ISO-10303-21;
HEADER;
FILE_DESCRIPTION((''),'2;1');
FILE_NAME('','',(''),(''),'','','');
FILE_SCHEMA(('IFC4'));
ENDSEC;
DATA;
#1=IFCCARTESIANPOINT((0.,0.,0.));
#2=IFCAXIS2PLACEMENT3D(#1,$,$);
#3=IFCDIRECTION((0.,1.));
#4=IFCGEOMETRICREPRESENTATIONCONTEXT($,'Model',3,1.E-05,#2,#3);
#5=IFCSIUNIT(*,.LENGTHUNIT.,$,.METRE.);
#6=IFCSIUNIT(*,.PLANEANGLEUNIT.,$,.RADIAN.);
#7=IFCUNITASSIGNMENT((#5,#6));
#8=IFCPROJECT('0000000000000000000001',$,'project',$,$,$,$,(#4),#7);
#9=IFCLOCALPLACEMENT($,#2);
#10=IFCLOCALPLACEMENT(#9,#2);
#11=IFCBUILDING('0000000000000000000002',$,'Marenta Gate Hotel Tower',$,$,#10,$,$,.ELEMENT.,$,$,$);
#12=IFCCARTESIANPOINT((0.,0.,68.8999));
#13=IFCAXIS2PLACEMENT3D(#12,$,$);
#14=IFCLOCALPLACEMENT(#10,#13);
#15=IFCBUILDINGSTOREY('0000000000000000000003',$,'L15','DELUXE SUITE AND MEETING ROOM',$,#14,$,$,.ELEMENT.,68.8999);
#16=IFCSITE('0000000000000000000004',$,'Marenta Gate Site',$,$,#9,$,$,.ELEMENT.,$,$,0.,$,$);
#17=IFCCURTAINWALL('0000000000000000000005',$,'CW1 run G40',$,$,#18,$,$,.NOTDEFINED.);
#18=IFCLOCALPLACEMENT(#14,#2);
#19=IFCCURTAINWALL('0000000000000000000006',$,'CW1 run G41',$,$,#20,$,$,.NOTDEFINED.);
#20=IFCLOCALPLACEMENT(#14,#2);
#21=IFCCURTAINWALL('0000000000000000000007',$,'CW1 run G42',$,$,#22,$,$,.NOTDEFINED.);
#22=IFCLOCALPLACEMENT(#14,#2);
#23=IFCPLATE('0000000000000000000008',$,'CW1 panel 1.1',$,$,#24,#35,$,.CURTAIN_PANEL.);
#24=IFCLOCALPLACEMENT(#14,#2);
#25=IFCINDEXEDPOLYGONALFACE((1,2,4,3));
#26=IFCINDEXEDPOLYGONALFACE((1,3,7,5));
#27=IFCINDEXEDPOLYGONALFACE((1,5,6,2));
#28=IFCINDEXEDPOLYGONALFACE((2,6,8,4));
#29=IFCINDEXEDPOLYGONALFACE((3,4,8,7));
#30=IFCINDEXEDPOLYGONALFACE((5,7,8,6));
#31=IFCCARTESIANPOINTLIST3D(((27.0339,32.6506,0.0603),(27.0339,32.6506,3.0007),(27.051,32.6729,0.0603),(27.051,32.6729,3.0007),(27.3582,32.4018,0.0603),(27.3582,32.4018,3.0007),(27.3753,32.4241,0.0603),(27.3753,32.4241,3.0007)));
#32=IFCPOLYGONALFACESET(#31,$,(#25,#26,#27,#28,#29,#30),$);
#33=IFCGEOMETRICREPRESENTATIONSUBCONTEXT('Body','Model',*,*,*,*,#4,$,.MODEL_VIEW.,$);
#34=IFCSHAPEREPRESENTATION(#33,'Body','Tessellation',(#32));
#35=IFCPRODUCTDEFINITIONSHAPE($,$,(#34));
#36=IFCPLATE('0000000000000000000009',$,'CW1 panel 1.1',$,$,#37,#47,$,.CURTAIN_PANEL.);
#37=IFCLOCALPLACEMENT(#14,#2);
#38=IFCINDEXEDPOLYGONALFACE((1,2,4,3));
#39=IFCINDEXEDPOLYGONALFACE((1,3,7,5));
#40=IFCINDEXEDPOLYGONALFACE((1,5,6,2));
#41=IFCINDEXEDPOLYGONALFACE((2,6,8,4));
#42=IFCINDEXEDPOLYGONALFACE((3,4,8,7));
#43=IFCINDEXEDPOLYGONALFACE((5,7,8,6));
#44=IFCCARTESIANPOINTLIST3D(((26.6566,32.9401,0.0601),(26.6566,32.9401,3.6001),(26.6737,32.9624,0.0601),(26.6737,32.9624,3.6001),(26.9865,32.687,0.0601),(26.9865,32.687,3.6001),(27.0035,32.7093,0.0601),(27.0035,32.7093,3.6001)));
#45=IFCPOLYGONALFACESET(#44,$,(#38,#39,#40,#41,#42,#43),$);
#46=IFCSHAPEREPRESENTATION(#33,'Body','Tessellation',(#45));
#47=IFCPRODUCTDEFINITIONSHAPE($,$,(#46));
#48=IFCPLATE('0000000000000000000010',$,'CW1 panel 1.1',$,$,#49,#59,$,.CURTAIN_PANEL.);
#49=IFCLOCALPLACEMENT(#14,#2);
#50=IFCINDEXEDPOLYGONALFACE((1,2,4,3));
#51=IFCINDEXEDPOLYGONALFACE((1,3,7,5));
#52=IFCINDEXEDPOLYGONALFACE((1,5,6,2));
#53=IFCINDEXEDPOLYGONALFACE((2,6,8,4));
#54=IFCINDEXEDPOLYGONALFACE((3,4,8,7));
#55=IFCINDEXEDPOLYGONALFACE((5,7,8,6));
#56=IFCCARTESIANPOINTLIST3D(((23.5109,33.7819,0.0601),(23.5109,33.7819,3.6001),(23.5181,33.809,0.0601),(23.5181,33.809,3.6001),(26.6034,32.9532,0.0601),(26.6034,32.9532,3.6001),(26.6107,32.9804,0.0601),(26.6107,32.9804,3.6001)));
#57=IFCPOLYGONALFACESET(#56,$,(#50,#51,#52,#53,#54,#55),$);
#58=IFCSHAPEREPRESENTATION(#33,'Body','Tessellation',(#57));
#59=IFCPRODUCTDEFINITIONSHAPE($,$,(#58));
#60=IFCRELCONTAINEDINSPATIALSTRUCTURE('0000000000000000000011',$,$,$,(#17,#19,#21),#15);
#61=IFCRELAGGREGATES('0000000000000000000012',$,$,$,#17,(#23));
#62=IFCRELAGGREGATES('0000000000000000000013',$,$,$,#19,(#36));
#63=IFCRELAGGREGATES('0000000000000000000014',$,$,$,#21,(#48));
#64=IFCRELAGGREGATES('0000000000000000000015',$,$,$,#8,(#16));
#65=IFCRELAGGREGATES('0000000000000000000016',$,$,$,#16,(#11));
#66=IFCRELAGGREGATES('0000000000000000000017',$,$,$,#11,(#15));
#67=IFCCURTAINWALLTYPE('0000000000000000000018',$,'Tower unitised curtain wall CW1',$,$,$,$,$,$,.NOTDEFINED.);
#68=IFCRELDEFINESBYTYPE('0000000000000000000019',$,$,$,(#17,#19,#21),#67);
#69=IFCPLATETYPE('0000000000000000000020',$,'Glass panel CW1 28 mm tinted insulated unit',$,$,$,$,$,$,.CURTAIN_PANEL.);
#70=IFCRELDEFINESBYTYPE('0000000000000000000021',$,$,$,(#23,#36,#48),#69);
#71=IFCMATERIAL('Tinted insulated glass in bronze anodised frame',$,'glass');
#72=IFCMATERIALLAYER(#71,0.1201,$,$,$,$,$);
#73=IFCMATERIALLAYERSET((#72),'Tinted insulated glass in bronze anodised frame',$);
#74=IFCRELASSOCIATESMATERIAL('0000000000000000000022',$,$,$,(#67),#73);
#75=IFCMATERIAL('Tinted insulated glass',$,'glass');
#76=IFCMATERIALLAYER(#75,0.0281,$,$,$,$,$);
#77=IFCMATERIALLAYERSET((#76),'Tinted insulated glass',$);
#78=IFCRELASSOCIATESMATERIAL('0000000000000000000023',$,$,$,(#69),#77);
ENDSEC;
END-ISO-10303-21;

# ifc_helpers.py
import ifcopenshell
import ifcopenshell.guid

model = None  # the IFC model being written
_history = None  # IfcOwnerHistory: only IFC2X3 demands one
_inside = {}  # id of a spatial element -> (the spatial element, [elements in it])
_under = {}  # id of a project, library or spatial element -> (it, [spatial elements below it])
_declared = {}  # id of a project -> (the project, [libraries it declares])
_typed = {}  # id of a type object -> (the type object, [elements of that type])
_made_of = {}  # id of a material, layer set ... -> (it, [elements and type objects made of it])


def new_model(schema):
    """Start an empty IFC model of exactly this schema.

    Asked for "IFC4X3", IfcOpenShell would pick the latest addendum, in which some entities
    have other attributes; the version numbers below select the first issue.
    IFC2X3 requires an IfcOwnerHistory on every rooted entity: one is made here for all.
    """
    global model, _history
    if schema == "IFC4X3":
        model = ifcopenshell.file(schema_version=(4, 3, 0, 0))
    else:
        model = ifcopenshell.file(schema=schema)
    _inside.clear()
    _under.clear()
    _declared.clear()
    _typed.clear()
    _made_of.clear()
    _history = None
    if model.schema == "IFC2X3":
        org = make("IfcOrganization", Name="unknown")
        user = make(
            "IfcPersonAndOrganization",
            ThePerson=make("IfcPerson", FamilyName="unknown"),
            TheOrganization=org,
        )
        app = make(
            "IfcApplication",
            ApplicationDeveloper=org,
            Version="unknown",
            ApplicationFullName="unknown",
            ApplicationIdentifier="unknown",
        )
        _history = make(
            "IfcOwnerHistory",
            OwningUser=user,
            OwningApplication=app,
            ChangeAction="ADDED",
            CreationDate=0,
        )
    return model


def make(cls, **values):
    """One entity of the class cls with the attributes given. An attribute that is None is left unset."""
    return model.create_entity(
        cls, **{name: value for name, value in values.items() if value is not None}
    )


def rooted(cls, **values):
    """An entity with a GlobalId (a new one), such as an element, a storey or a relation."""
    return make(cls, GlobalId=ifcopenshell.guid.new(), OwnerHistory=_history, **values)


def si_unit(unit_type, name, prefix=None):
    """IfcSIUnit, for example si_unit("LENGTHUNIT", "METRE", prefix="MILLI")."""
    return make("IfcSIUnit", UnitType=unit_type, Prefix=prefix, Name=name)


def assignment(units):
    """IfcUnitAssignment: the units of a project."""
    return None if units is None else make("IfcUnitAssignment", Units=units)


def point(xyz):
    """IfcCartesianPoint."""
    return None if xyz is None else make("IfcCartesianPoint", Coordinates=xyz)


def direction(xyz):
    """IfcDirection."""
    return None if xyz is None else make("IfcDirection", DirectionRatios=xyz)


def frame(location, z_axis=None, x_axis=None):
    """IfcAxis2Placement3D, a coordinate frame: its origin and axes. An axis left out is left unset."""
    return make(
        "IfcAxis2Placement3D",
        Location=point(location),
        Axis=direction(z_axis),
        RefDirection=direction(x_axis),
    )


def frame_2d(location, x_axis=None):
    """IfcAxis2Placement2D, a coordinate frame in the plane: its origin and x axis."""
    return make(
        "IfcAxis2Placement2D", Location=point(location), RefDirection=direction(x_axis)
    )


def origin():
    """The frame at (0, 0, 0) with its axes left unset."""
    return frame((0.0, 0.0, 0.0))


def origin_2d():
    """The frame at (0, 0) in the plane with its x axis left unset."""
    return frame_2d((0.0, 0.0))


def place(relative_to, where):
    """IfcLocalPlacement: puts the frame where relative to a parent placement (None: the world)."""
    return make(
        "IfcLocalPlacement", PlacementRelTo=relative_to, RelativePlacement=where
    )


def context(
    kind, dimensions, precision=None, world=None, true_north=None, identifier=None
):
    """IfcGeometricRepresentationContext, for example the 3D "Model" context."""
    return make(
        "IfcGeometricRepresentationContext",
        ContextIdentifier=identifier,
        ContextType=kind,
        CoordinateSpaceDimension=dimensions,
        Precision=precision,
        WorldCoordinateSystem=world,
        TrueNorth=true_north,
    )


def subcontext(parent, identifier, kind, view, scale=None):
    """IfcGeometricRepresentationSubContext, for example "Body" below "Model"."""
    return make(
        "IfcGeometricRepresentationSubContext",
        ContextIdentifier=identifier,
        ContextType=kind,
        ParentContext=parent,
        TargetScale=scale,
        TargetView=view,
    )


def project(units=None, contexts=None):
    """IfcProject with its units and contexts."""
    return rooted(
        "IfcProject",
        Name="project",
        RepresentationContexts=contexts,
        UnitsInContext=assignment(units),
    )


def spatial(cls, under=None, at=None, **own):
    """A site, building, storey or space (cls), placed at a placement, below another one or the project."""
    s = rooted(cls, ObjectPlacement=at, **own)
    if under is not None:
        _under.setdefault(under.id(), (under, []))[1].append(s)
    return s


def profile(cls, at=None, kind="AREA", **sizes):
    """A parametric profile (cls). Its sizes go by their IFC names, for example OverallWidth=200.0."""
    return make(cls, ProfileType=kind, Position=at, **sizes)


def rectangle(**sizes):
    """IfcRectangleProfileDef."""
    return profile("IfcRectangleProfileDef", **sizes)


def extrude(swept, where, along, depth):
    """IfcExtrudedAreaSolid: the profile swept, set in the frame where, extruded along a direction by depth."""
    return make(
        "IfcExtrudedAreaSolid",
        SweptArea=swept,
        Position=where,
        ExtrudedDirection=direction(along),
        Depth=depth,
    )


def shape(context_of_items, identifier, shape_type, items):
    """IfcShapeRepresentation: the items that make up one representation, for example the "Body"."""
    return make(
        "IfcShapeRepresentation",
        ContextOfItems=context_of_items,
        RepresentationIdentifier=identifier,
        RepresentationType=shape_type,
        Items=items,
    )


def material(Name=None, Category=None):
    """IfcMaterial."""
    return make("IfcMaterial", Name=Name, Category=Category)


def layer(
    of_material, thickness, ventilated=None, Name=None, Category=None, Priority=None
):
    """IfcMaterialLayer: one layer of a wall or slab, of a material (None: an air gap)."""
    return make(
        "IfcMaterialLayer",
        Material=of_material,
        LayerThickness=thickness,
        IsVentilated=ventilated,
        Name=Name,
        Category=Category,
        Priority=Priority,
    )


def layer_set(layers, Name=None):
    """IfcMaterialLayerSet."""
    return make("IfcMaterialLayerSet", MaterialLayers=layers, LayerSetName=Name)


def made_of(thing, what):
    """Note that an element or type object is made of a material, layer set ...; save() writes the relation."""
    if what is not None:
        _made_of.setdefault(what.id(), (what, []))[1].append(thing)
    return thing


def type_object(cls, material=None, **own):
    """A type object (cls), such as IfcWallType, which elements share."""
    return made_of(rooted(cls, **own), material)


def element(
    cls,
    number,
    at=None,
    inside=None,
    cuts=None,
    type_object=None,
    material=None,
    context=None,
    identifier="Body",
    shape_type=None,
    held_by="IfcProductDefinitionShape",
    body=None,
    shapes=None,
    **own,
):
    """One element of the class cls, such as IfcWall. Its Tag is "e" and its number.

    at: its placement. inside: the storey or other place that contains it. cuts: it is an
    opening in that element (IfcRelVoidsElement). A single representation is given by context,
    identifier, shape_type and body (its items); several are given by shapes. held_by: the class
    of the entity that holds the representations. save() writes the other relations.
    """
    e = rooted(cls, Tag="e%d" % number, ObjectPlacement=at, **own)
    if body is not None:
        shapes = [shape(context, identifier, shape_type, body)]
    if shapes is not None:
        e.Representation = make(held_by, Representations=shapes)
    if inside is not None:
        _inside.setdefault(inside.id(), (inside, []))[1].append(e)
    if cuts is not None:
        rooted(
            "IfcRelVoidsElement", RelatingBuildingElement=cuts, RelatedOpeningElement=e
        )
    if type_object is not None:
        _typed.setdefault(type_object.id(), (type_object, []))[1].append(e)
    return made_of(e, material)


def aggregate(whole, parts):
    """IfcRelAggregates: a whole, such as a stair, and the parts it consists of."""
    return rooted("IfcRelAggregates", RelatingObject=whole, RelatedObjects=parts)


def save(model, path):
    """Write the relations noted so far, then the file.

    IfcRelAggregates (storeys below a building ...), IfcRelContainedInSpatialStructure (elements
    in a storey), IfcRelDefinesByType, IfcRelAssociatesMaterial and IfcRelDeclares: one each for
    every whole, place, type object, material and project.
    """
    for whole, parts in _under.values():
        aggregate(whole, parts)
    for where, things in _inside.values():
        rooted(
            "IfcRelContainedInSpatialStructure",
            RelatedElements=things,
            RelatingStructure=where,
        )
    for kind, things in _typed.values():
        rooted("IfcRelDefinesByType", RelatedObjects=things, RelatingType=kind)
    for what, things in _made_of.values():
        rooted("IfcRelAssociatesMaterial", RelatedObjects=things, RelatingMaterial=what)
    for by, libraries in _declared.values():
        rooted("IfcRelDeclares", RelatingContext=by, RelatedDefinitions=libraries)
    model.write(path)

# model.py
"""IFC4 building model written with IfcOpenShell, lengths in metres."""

from ifc_helpers import new_model, si_unit, direction, frame, origin, origin_2d, place, context, subcontext, project, spatial, rectangle, extrude, material, layer, layer_set, type_object, element, aggregate, save


model = new_model("IFC4")

# Units and contexts
model_context = context("Model", 3, precision=1e-05, world=origin(), true_north=direction((0.0, 1.0)))
body_context = subcontext(model_context, "Body", "Model", "MODEL_VIEW")
ifc_project = project(units=[si_unit("LENGTHUNIT", "METRE"), si_unit("PLANEANGLEUNIT", "RADIAN")], contexts=[model_context])

# Site, building, storey
site_placement = place(None, origin())
site = spatial("IfcSite", under=ifc_project, at=site_placement, Name="Marenta Gate Site", CompositionType="ELEMENT", RefElevation=0.0)
building_placement = place(site_placement, origin())
building = spatial("IfcBuilding", under=site, at=building_placement, Name="Marenta Gate Hotel Tower", CompositionType="ELEMENT")
storey_placement = place(building_placement, frame((0.0, 0.0, 68.8999)))
storey = spatial("IfcBuildingStorey", under=building, at=storey_placement, Name="L15", Description="DELUXE SUITE AND MEETING ROOM", CompositionType="ELEMENT", Elevation=68.8999)

# Curtain walls
ifc_material_1 = material(Name="Tinted insulated glass in bronze anodised frame", Category="glass")
ifc_layer_1 = layer(ifc_material_1, 0.1201)
ifc_layer_set_1 = layer_set([ifc_layer_1], Name="Tinted insulated glass in bronze anodised frame")
curtain_wall_type = type_object("IfcCurtainWallType", Name="Tower unitised curtain wall CW1", PredefinedType="NOTDEFINED", material=ifc_layer_set_1)
curtain_wall_1_placement = place(storey_placement, origin())
curtain_wall_1 = element("IfcCurtainWall", 1, at=curtain_wall_1_placement, inside=storey, type_object=curtain_wall_type, Name="CW1 run G40", PredefinedType="NOTDEFINED")
curtain_wall_2_placement = place(storey_placement, origin())
curtain_wall_2 = element("IfcCurtainWall", 2, at=curtain_wall_2_placement, inside=storey, type_object=curtain_wall_type, Name="CW1 run G41", PredefinedType="NOTDEFINED")
curtain_wall_3_placement = place(storey_placement, origin())
curtain_wall_3 = element("IfcCurtainWall", 3, at=curtain_wall_3_placement, inside=storey, type_object=curtain_wall_type, Name="CW1 run G42", PredefinedType="NOTDEFINED")

# Plates
ifc_material_2 = material(Name="Tinted insulated glass", Category="glass")
ifc_layer_2 = layer(ifc_material_2, 0.0281)
ifc_layer_set_2 = layer_set([ifc_layer_2], Name="Tinted insulated glass")
plate_type = type_object("IfcPlateType", Name="Glass panel CW1 28 mm tinted insulated unit", PredefinedType="CURTAIN_PANEL", material=ifc_layer_set_2)
plate_1_placement = place(storey_placement, frame((27.2046, 32.5374, 0.0603), z_axis=(0.0, 0.0, 1.0), x_axis=(-0.793345, 0.608772, 0.0)))
plate_1 = element("IfcPlate", 4, at=plate_1_placement, type_object=plate_type, Name="CW1 panel 1.1", PredefinedType="CURTAIN_PANEL", context=body_context, shape_type="SweptSolid", body=[
    extrude(rectangle(XDim=0.4087, YDim=0.0281, at=origin_2d()), origin(), (0.0, 0.0, 1.0), 2.9404),
])
aggregate(curtain_wall_1, [plate_1])
plate_2_placement = place(storey_placement, frame((26.8301, 32.8247, 0.0601), z_axis=(0.0, 0.0, 1.0), x_axis=(-0.793342, 0.608776, 0.0)))
plate_2 = element("IfcPlate", 5, at=plate_2_placement, type_object=plate_type, Name="CW1 panel 1.1", PredefinedType="CURTAIN_PANEL", context=body_context, shape_type="SweptSolid", body=[
    extrude(rectangle(XDim=0.4158, YDim=0.0281, at=origin_2d()), origin(), (0.0, 0.0, 1.0), 3.54),
])
aggregate(curtain_wall_2, [plate_2])
plate_3_placement = place(storey_placement, frame((25.0608, 33.3811, 0.0601), z_axis=(0.0, 0.0, 1.0), x_axis=(-0.965929, 0.258807, 0.0)))
plate_3 = element("IfcPlate", 6, at=plate_3_placement, type_object=plate_type, Name="CW1 panel 1.1", PredefinedType="CURTAIN_PANEL", context=body_context, shape_type="SweptSolid", body=[
    extrude(rectangle(XDim=3.2017, YDim=0.0281, at=origin_2d()), origin(), (0.0, 0.0, 1.0), 3.54),
])
aggregate(curtain_wall_3, [plate_3])

save(model, "model.ifc")
